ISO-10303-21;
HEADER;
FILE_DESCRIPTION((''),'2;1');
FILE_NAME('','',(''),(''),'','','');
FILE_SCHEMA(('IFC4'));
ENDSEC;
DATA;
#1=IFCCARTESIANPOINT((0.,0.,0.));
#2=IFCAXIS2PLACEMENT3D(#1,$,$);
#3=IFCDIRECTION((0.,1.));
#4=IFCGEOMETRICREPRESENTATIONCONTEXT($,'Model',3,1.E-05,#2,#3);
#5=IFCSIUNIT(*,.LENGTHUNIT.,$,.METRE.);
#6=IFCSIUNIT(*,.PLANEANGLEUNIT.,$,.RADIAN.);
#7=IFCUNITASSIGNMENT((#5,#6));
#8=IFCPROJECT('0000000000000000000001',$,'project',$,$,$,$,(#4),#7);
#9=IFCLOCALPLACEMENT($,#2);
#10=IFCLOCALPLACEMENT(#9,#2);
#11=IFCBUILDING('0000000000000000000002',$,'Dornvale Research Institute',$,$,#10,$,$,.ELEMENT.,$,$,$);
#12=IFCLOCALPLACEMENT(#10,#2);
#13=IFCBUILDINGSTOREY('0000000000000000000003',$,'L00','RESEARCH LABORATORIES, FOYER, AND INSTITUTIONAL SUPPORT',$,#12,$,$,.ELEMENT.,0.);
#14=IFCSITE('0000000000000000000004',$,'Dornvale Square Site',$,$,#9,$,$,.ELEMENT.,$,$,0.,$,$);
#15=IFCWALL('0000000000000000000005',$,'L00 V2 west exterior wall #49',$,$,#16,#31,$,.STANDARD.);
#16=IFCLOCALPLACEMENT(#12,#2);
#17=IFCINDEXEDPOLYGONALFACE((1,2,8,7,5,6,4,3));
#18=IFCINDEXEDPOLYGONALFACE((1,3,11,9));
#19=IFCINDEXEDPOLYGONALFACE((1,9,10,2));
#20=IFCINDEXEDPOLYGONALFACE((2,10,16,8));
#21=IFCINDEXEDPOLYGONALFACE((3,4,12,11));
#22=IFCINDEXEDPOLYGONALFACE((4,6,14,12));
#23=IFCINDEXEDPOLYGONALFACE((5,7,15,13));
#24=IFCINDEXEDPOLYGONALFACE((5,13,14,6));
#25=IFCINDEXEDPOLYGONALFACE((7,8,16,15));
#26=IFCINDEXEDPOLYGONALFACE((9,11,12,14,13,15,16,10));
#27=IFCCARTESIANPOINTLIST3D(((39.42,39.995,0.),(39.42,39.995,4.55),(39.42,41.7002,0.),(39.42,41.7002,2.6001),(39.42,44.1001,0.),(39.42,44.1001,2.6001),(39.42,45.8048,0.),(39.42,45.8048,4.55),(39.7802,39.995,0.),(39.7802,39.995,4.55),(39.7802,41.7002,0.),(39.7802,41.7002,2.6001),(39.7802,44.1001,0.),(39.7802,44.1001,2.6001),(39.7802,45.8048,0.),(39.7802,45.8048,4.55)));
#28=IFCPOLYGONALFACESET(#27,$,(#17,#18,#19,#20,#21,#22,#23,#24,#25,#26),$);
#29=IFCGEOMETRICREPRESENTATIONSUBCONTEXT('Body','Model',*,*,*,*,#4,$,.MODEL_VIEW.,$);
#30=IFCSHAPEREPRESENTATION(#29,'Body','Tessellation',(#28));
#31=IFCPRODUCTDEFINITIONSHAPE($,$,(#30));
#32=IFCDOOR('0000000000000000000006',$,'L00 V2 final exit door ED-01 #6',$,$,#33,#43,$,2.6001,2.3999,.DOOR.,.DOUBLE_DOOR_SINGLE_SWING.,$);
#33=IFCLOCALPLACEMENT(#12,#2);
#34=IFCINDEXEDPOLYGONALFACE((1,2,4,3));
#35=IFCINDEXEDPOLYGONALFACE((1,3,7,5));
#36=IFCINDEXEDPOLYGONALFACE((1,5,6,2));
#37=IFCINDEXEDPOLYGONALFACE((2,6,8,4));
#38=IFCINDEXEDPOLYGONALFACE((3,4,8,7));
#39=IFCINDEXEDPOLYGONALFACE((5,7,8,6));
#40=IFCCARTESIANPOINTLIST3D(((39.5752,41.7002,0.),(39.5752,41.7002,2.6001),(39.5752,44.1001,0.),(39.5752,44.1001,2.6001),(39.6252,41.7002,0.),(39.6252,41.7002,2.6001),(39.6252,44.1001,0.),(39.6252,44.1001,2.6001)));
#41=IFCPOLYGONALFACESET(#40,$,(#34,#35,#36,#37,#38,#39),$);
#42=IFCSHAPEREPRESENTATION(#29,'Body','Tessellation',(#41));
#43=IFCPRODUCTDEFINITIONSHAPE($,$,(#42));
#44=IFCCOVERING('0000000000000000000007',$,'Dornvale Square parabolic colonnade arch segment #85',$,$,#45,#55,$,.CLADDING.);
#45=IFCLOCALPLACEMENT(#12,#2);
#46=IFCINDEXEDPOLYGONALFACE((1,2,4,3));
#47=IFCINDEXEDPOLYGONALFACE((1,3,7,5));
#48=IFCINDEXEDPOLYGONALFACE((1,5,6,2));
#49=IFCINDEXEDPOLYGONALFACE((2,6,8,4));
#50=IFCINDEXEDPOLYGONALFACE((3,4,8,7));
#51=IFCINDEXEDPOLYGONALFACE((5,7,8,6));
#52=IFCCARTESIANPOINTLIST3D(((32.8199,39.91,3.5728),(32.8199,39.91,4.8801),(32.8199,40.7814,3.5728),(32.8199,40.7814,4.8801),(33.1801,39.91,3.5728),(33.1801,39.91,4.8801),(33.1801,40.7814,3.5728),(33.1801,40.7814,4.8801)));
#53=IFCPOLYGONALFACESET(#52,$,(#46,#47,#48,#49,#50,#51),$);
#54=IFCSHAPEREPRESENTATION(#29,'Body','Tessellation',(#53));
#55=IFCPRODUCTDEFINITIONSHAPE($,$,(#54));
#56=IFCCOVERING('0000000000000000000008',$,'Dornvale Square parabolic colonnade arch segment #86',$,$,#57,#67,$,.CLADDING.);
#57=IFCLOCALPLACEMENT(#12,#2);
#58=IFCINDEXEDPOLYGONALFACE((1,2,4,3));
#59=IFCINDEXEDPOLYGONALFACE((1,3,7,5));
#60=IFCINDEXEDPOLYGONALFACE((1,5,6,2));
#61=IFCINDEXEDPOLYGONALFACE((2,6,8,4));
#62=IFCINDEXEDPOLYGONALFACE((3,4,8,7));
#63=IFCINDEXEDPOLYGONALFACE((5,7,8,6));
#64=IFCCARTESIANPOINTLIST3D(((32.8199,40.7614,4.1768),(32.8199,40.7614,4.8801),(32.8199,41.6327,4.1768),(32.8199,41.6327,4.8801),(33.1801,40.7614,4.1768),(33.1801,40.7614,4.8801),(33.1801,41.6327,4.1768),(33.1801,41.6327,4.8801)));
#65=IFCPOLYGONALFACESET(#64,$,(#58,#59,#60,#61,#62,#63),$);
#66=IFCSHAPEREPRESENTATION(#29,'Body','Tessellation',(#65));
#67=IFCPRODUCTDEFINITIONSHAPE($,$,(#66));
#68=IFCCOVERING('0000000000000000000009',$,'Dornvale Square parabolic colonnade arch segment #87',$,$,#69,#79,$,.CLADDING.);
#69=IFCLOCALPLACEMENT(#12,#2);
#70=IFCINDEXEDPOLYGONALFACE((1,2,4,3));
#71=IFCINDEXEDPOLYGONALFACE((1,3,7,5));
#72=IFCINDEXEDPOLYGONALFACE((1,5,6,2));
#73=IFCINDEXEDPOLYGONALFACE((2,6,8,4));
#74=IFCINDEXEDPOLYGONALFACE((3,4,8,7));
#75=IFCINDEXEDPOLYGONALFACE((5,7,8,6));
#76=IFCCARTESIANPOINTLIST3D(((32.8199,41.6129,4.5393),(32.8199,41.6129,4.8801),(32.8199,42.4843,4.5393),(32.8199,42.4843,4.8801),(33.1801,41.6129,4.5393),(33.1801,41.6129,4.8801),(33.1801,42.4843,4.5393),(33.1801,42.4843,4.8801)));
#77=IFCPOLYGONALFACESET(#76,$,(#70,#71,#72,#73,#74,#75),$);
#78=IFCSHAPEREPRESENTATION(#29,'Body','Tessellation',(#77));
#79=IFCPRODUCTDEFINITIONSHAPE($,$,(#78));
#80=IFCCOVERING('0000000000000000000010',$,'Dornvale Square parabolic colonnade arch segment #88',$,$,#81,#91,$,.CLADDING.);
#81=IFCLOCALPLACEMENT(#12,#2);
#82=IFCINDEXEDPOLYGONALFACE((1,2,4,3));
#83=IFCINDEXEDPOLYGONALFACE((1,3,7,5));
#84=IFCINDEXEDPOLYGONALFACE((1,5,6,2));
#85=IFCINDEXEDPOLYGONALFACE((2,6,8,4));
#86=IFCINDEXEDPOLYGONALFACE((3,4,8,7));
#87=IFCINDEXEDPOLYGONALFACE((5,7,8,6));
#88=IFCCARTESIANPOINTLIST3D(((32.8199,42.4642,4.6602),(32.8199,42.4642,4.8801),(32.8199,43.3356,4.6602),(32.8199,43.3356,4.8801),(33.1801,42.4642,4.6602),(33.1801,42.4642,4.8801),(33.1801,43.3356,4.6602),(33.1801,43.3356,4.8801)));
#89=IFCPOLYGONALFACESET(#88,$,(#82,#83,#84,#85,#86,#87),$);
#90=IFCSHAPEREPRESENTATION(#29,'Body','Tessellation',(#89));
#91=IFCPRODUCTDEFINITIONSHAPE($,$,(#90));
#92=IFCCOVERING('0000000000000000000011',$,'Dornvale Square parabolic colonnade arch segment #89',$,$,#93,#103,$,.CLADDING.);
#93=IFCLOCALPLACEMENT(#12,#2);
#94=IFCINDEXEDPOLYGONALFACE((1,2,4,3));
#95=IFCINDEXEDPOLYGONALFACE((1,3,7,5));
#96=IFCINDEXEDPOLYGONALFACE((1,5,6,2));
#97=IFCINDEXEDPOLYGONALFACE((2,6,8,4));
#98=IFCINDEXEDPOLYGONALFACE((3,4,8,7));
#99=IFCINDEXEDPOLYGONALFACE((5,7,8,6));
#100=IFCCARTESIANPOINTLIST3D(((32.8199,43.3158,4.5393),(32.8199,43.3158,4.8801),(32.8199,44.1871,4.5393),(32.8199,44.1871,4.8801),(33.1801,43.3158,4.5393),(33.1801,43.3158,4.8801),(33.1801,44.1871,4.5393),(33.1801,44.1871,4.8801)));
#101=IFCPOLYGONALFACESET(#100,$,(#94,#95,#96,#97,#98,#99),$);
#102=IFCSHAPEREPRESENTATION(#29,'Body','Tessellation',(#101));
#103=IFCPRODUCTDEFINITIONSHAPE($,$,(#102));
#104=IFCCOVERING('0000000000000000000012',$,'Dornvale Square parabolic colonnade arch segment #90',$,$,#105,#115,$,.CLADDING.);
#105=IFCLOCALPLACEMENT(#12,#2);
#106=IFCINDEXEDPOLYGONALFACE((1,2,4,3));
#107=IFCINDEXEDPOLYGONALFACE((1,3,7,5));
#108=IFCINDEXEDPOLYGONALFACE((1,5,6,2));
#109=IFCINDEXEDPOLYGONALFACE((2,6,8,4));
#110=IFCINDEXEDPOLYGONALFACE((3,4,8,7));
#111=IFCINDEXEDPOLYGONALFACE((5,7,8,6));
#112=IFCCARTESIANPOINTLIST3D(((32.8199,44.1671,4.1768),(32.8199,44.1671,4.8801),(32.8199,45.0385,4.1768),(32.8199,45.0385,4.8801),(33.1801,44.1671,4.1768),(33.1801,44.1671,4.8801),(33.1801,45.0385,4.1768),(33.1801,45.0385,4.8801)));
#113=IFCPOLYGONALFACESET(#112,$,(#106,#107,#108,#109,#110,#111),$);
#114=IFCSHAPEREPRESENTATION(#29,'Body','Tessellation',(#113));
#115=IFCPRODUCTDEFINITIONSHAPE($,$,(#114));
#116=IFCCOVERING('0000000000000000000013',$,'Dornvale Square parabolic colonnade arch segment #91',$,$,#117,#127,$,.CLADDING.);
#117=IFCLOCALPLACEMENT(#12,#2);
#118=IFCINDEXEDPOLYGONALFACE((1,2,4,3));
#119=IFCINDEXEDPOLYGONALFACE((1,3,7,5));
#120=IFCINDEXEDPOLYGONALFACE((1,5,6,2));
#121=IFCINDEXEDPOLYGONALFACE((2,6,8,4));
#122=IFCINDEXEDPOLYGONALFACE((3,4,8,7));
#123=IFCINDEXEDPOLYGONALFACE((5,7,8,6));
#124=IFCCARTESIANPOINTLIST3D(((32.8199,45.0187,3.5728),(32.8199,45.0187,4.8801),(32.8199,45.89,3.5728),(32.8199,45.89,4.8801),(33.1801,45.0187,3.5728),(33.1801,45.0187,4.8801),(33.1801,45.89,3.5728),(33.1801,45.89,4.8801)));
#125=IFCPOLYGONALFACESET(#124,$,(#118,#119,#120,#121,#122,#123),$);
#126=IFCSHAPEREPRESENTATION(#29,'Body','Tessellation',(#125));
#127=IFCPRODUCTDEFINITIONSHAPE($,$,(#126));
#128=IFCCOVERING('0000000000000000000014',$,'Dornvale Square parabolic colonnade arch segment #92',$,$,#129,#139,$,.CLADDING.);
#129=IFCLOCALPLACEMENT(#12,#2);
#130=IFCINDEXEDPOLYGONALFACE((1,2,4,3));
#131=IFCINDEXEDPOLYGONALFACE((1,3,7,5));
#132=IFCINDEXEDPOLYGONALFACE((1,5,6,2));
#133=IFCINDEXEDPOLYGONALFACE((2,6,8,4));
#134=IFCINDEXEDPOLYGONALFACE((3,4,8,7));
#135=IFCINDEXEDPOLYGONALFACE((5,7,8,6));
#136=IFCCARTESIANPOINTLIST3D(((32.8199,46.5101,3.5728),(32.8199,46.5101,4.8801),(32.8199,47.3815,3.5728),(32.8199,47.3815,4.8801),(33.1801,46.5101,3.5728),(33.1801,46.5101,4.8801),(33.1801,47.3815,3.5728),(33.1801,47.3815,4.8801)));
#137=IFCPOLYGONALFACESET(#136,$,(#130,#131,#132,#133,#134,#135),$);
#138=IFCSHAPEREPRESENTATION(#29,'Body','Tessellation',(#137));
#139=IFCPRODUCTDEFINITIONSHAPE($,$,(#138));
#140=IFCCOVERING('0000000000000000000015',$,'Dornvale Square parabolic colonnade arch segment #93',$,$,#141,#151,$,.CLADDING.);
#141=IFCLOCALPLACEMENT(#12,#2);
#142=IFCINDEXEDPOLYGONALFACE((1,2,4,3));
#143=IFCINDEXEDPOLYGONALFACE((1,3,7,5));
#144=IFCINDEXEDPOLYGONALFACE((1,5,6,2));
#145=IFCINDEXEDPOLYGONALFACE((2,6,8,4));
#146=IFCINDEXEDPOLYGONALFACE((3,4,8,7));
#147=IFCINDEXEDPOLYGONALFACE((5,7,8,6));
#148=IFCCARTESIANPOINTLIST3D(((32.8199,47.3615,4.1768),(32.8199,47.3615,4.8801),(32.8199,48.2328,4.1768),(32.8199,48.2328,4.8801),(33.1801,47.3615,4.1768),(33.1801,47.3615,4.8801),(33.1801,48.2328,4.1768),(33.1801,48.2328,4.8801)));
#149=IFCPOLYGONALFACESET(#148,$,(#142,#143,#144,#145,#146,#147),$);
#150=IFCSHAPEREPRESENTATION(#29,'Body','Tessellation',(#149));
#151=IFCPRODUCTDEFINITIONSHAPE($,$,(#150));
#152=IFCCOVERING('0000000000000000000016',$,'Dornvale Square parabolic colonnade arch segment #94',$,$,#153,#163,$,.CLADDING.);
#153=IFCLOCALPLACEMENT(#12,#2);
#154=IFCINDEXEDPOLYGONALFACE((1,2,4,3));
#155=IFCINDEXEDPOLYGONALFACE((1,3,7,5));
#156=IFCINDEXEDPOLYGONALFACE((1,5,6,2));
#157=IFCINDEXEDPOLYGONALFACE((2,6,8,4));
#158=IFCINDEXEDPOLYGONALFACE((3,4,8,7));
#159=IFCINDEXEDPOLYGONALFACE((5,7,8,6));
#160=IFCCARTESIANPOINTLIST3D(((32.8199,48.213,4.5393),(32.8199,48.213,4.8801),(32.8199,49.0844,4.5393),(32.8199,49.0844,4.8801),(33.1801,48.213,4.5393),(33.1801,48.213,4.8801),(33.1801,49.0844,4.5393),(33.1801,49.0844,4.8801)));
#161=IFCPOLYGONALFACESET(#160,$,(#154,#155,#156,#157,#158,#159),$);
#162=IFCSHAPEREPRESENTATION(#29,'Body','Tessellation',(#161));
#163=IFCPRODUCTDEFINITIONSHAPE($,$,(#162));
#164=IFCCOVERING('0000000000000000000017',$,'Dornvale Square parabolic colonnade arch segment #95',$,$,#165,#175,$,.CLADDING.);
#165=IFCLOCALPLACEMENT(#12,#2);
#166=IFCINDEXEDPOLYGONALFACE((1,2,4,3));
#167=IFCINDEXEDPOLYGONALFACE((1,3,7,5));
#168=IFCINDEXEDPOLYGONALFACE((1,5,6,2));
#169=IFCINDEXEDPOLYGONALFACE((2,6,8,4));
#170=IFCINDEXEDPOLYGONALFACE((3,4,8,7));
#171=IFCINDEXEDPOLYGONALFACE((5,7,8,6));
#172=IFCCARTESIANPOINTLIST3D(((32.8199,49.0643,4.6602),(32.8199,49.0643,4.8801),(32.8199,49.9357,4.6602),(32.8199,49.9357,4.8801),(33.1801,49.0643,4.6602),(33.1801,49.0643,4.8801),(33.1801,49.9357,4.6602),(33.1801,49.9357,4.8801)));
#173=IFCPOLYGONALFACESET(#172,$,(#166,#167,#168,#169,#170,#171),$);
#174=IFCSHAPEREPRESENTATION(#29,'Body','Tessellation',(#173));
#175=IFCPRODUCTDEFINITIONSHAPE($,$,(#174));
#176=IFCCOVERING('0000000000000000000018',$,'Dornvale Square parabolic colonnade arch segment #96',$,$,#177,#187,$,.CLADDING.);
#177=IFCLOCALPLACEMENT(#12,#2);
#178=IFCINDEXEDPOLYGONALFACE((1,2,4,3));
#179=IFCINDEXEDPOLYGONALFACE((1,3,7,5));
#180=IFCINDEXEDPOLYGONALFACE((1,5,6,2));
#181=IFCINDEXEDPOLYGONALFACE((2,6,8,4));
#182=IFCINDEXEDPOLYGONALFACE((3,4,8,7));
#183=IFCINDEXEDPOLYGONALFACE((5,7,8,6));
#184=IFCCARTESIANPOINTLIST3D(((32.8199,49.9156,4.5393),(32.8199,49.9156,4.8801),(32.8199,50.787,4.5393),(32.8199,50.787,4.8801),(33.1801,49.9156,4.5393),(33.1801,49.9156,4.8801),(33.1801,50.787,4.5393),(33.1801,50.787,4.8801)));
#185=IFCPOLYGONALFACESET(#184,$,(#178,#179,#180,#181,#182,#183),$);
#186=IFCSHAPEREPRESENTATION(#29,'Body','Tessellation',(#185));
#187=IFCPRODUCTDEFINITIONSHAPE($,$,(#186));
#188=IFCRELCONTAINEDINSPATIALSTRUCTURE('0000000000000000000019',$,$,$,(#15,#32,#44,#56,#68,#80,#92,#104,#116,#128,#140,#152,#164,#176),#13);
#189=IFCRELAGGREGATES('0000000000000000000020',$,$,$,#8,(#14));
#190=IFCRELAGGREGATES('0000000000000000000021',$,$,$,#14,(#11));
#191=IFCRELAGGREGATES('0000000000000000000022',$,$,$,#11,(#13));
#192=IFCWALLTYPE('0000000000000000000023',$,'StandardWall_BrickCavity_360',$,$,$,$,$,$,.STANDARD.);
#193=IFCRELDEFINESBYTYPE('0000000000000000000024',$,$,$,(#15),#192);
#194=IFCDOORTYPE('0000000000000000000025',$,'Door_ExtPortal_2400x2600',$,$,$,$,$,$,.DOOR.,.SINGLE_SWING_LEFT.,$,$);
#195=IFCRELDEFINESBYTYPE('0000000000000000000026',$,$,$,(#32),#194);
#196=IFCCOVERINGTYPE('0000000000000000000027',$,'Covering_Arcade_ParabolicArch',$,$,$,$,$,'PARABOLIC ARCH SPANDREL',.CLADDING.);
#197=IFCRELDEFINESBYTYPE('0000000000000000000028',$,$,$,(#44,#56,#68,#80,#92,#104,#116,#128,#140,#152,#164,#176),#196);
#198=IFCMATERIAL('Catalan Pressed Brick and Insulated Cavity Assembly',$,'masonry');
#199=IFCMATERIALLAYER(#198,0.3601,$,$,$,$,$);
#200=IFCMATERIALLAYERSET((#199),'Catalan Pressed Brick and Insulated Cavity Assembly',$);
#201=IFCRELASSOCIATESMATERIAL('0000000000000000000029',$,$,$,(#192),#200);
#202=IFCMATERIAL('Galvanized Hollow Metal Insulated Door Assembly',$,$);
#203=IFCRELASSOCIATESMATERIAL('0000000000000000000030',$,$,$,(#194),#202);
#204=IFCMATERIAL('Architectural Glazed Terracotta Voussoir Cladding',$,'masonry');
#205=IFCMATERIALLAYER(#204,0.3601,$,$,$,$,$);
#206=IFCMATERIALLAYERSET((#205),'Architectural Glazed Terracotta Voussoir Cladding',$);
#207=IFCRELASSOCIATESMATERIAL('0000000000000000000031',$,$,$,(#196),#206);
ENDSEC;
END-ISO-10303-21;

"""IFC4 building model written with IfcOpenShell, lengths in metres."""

from ifc_helpers import new_model, si_unit, direction, frame, frame_2d, origin, origin_2d, place, context, subcontext, project, spatial, rectangle, extrude, material, layer, layer_set, type_object, element, fill, save


model = new_model("IFC4")

# Units and contexts
model_context = context("Model", 3, precision=1e-05, world=origin(), true_north=direction((0.0, 1.0)))
body_context = subcontext(model_context, "Body", "Model", "MODEL_VIEW")
ifc_project = project(units=[si_unit("LENGTHUNIT", "METRE"), si_unit("PLANEANGLEUNIT", "RADIAN")], contexts=[model_context])

# Site, building, storey
site_placement = place(None, origin())
site = spatial("IfcSite", under=ifc_project, at=site_placement, Name="Dornvale Square Site", CompositionType="ELEMENT", RefElevation=0.0)
building_placement = place(site_placement, origin())
building = spatial("IfcBuilding", under=site, at=building_placement, Name="Dornvale Research Institute", CompositionType="ELEMENT")
storey_placement = place(building_placement, origin())
storey = spatial("IfcBuildingStorey", under=building, at=storey_placement, Name="L00", Description="RESEARCH LABORATORIES, FOYER, AND INSTITUTIONAL SUPPORT", CompositionType="ELEMENT", Elevation=0.0)

# Wall, opening, door
ifc_material_1 = material(Name="Catalan Pressed Brick and Insulated Cavity Assembly", Category="masonry")
ifc_layer_1 = layer(ifc_material_1, 0.3601)
ifc_layer_set_1 = layer_set([ifc_layer_1], Name="Catalan Pressed Brick and Insulated Cavity Assembly")
wall_type_1 = type_object("IfcWallType", Name="StandardWall_BrickCavity_360", PredefinedType="STANDARD", material=ifc_layer_set_1)
wall_1_placement = place(storey_placement, frame((39.6001, 39.9951, 0.0), z_axis=(0.0, 0.0, 1.0), x_axis=(0.0, 1.0, 0.0)))
wall_1 = element("IfcWall", 1, at=wall_1_placement, inside=storey, type_object=wall_type_1, Name="L00 V2 west exterior wall #49", PredefinedType="STANDARD", context=body_context, shape_type="SweptSolid", body=[
    extrude(rectangle(XDim=5.8098, YDim=0.3601, at=frame_2d((2.9048, 0.0))), origin(), (0.0, 0.0, 1.0), 4.55),
])
opening_1_placement = place(wall_1_placement, frame((1.7051, 0.0, 0.0)))
opening_1 = element("IfcOpeningElement", 2, at=opening_1_placement, cuts=wall_1, PredefinedType="OPENING", context=body_context, shape_type="SweptSolid", body=[
    extrude(rectangle(XDim=2.3999, YDim=2.6001, at=frame_2d((1.2, 1.3))), frame((0.0, 0.1951, 0.0), z_axis=(0.0, -1.0, 0.0), x_axis=(1.0, 0.0, 0.0)), (0.0, 0.0, 1.0), 0.3901),
])
ifc_material_2 = material(Name="Galvanized Hollow Metal Insulated Door Assembly")
door_type_1 = type_object("IfcDoorType", Name="Door_ExtPortal_2400x2600", OperationType="SINGLE_SWING_LEFT", PredefinedType="DOOR", material=ifc_material_2)
door_1_placement = place(opening_1_placement, origin())
door_1 = element("IfcDoor", 3, at=door_1_placement, inside=storey, type_object=door_type_1, Name="L00 V2 final exit door ED-01 #6", OperationType="DOUBLE_DOOR_SINGLE_SWING", OverallHeight=2.6001, OverallWidth=2.3999, PredefinedType="DOOR", context=body_context, shape_type="SweptSolid", body=[
    extrude(rectangle(XDim=2.3999, YDim=2.6001, at=frame_2d((1.2, 1.3))), frame((0.0, 0.0249, 0.0), z_axis=(0.0, -1.0, 0.0), x_axis=(1.0, 0.0, 0.0)), (0.0, 0.0, 1.0), 0.05),
])
fill(opening_1, door_1)

# Coverings
ifc_material_3 = material(Name="Architectural Glazed Terracotta Voussoir Cladding", Category="masonry")
ifc_layer_2 = layer(ifc_material_3, 0.3601)
ifc_layer_set_2 = layer_set([ifc_layer_2], Name="Architectural Glazed Terracotta Voussoir Cladding")
covering_type = type_object("IfcCoveringType", Name="Covering_Arcade_ParabolicArch", ElementType="PARABOLIC ARCH SPANDREL", PredefinedType="CLADDING", material=ifc_layer_set_2)
covering_1_placement = place(storey_placement, frame((33.0, 40.3457, 3.5728), z_axis=(0.0, 0.0, 1.0), x_axis=(0.0, 1.0, 0.0)))
element("IfcCovering", 4, at=covering_1_placement, inside=storey, type_object=covering_type, Name="Dornvale Square parabolic colonnade arch segment #85", PredefinedType="CLADDING", context=body_context, shape_type="SweptSolid", body=[
    extrude(rectangle(XDim=0.8713, YDim=0.3601, at=origin_2d()), origin(), (0.0, 0.0, 1.0), 1.3074),
])
covering_2_placement = place(storey_placement, frame((33.0, 41.197, 4.1768), z_axis=(0.0, 0.0, 1.0), x_axis=(0.0, 1.0, 0.0)))
element("IfcCovering", 5, at=covering_2_placement, inside=storey, type_object=covering_type, Name="Dornvale Square parabolic colonnade arch segment #86", PredefinedType="CLADDING", context=body_context, shape_type="SweptSolid", body=[
    extrude(rectangle(XDim=0.8713, YDim=0.3601, at=origin_2d()), origin(), (0.0, 0.0, 1.0), 0.7034),
])
covering_3_placement = place(storey_placement, frame((33.0, 42.0486, 4.5393), z_axis=(0.0, 0.0, 1.0), x_axis=(0.0, 1.0, 0.0)))
element("IfcCovering", 6, at=covering_3_placement, inside=storey, type_object=covering_type, Name="Dornvale Square parabolic colonnade arch segment #87", PredefinedType="CLADDING", context=body_context, shape_type="SweptSolid", body=[
    extrude(rectangle(XDim=0.8713, YDim=0.3601, at=origin_2d()), origin(), (0.0, 0.0, 1.0), 0.3408),
])
covering_4_placement = place(storey_placement, frame((33.0, 42.8999, 4.6602), z_axis=(0.0, 0.0, 1.0), x_axis=(0.0, 1.0, 0.0)))
element("IfcCovering", 7, at=covering_4_placement, inside=storey, type_object=covering_type, Name="Dornvale Square parabolic colonnade arch segment #88", PredefinedType="CLADDING", context=body_context, shape_type="SweptSolid", body=[
    extrude(rectangle(XDim=0.8713, YDim=0.3601, at=origin_2d()), origin(), (0.0, 0.0, 1.0), 0.22),
])
covering_5_placement = place(storey_placement, frame((33.0, 43.7515, 4.5393), z_axis=(0.0, 0.0, 1.0), x_axis=(0.0, 1.0, 0.0)))
element("IfcCovering", 8, at=covering_5_placement, inside=storey, type_object=covering_type, Name="Dornvale Square parabolic colonnade arch segment #89", PredefinedType="CLADDING", context=body_context, shape_type="SweptSolid", body=[
    extrude(rectangle(XDim=0.8713, YDim=0.3601, at=origin_2d()), origin(), (0.0, 0.0, 1.0), 0.3408),
])
covering_6_placement = place(storey_placement, frame((33.0, 44.6028, 4.1768), z_axis=(0.0, 0.0, 1.0), x_axis=(0.0, 1.0, 0.0)))
element("IfcCovering", 9, at=covering_6_placement, inside=storey, type_object=covering_type, Name="Dornvale Square parabolic colonnade arch segment #90", PredefinedType="CLADDING", context=body_context, shape_type="SweptSolid", body=[
    extrude(rectangle(XDim=0.8713, YDim=0.3601, at=origin_2d()), origin(), (0.0, 0.0, 1.0), 0.7034),
])
for number, where, z_axis, x_axis, name in (
    (10, (33.0, 45.4543, 3.5728), (0.0, 0.0, 1.0), (0.0, 1.0, 0.0), "Dornvale Square parabolic colonnade arch segment #91"),
    (11, (33.0, 46.9458, 3.5728), (0.0, 0.0, 1.0), (0.0, 1.0, 0.0), "Dornvale Square parabolic colonnade arch segment #92"),
):
    element("IfcCovering", number, at=place(storey_placement, frame(where, z_axis=z_axis, x_axis=x_axis)), inside=storey, type_object=covering_type, Name=name, PredefinedType="CLADDING", context=body_context, shape_type="SweptSolid", body=[
        extrude(rectangle(XDim=0.8713, YDim=0.3601, at=origin_2d()), origin(), (0.0, 0.0, 1.0), 1.3074),
    ])
covering_7_placement = place(storey_placement, frame((33.0, 47.7971, 4.1768), z_axis=(0.0, 0.0, 1.0), x_axis=(0.0, 1.0, 0.0)))
element("IfcCovering", 12, at=covering_7_placement, inside=storey, type_object=covering_type, Name="Dornvale Square parabolic colonnade arch segment #93", PredefinedType="CLADDING", context=body_context, shape_type="SweptSolid", body=[
    extrude(rectangle(XDim=0.8713, YDim=0.3601, at=origin_2d()), origin(), (0.0, 0.0, 1.0), 0.7034),
])
covering_8_placement = place(storey_placement, frame((33.0, 48.6487, 4.5393), z_axis=(0.0, 0.0, 1.0), x_axis=(0.0, 1.0, 0.0)))
element("IfcCovering", 13, at=covering_8_placement, inside=storey, type_object=covering_type, Name="Dornvale Square parabolic colonnade arch segment #94", PredefinedType="CLADDING", context=body_context, shape_type="SweptSolid", body=[
    extrude(rectangle(XDim=0.8713, YDim=0.3601, at=origin_2d()), origin(), (0.0, 0.0, 1.0), 0.3408),
])
covering_9_placement = place(storey_placement, frame((33.0, 49.5, 4.6602), z_axis=(0.0, 0.0, 1.0), x_axis=(0.0, 1.0, 0.0)))
element("IfcCovering", 14, at=covering_9_placement, inside=storey, type_object=covering_type, Name="Dornvale Square parabolic colonnade arch segment #95", PredefinedType="CLADDING", context=body_context, shape_type="SweptSolid", body=[
    extrude(rectangle(XDim=0.8713, YDim=0.3601, at=origin_2d()), origin(), (0.0, 0.0, 1.0), 0.22),
])
covering_10_placement = place(storey_placement, frame((33.0, 50.3513, 4.5393), z_axis=(0.0, 0.0, 1.0), x_axis=(0.0, 1.0, 0.0)))
element("IfcCovering", 15, at=covering_10_placement, inside=storey, type_object=covering_type, Name="Dornvale Square parabolic colonnade arch segment #96", PredefinedType="CLADDING", context=body_context, shape_type="SweptSolid", body=[
    extrude(rectangle(XDim=0.8713, YDim=0.3601, at=origin_2d()), origin(), (0.0, 0.0, 1.0), 0.3408),
])

save(model, "model.ifc")
